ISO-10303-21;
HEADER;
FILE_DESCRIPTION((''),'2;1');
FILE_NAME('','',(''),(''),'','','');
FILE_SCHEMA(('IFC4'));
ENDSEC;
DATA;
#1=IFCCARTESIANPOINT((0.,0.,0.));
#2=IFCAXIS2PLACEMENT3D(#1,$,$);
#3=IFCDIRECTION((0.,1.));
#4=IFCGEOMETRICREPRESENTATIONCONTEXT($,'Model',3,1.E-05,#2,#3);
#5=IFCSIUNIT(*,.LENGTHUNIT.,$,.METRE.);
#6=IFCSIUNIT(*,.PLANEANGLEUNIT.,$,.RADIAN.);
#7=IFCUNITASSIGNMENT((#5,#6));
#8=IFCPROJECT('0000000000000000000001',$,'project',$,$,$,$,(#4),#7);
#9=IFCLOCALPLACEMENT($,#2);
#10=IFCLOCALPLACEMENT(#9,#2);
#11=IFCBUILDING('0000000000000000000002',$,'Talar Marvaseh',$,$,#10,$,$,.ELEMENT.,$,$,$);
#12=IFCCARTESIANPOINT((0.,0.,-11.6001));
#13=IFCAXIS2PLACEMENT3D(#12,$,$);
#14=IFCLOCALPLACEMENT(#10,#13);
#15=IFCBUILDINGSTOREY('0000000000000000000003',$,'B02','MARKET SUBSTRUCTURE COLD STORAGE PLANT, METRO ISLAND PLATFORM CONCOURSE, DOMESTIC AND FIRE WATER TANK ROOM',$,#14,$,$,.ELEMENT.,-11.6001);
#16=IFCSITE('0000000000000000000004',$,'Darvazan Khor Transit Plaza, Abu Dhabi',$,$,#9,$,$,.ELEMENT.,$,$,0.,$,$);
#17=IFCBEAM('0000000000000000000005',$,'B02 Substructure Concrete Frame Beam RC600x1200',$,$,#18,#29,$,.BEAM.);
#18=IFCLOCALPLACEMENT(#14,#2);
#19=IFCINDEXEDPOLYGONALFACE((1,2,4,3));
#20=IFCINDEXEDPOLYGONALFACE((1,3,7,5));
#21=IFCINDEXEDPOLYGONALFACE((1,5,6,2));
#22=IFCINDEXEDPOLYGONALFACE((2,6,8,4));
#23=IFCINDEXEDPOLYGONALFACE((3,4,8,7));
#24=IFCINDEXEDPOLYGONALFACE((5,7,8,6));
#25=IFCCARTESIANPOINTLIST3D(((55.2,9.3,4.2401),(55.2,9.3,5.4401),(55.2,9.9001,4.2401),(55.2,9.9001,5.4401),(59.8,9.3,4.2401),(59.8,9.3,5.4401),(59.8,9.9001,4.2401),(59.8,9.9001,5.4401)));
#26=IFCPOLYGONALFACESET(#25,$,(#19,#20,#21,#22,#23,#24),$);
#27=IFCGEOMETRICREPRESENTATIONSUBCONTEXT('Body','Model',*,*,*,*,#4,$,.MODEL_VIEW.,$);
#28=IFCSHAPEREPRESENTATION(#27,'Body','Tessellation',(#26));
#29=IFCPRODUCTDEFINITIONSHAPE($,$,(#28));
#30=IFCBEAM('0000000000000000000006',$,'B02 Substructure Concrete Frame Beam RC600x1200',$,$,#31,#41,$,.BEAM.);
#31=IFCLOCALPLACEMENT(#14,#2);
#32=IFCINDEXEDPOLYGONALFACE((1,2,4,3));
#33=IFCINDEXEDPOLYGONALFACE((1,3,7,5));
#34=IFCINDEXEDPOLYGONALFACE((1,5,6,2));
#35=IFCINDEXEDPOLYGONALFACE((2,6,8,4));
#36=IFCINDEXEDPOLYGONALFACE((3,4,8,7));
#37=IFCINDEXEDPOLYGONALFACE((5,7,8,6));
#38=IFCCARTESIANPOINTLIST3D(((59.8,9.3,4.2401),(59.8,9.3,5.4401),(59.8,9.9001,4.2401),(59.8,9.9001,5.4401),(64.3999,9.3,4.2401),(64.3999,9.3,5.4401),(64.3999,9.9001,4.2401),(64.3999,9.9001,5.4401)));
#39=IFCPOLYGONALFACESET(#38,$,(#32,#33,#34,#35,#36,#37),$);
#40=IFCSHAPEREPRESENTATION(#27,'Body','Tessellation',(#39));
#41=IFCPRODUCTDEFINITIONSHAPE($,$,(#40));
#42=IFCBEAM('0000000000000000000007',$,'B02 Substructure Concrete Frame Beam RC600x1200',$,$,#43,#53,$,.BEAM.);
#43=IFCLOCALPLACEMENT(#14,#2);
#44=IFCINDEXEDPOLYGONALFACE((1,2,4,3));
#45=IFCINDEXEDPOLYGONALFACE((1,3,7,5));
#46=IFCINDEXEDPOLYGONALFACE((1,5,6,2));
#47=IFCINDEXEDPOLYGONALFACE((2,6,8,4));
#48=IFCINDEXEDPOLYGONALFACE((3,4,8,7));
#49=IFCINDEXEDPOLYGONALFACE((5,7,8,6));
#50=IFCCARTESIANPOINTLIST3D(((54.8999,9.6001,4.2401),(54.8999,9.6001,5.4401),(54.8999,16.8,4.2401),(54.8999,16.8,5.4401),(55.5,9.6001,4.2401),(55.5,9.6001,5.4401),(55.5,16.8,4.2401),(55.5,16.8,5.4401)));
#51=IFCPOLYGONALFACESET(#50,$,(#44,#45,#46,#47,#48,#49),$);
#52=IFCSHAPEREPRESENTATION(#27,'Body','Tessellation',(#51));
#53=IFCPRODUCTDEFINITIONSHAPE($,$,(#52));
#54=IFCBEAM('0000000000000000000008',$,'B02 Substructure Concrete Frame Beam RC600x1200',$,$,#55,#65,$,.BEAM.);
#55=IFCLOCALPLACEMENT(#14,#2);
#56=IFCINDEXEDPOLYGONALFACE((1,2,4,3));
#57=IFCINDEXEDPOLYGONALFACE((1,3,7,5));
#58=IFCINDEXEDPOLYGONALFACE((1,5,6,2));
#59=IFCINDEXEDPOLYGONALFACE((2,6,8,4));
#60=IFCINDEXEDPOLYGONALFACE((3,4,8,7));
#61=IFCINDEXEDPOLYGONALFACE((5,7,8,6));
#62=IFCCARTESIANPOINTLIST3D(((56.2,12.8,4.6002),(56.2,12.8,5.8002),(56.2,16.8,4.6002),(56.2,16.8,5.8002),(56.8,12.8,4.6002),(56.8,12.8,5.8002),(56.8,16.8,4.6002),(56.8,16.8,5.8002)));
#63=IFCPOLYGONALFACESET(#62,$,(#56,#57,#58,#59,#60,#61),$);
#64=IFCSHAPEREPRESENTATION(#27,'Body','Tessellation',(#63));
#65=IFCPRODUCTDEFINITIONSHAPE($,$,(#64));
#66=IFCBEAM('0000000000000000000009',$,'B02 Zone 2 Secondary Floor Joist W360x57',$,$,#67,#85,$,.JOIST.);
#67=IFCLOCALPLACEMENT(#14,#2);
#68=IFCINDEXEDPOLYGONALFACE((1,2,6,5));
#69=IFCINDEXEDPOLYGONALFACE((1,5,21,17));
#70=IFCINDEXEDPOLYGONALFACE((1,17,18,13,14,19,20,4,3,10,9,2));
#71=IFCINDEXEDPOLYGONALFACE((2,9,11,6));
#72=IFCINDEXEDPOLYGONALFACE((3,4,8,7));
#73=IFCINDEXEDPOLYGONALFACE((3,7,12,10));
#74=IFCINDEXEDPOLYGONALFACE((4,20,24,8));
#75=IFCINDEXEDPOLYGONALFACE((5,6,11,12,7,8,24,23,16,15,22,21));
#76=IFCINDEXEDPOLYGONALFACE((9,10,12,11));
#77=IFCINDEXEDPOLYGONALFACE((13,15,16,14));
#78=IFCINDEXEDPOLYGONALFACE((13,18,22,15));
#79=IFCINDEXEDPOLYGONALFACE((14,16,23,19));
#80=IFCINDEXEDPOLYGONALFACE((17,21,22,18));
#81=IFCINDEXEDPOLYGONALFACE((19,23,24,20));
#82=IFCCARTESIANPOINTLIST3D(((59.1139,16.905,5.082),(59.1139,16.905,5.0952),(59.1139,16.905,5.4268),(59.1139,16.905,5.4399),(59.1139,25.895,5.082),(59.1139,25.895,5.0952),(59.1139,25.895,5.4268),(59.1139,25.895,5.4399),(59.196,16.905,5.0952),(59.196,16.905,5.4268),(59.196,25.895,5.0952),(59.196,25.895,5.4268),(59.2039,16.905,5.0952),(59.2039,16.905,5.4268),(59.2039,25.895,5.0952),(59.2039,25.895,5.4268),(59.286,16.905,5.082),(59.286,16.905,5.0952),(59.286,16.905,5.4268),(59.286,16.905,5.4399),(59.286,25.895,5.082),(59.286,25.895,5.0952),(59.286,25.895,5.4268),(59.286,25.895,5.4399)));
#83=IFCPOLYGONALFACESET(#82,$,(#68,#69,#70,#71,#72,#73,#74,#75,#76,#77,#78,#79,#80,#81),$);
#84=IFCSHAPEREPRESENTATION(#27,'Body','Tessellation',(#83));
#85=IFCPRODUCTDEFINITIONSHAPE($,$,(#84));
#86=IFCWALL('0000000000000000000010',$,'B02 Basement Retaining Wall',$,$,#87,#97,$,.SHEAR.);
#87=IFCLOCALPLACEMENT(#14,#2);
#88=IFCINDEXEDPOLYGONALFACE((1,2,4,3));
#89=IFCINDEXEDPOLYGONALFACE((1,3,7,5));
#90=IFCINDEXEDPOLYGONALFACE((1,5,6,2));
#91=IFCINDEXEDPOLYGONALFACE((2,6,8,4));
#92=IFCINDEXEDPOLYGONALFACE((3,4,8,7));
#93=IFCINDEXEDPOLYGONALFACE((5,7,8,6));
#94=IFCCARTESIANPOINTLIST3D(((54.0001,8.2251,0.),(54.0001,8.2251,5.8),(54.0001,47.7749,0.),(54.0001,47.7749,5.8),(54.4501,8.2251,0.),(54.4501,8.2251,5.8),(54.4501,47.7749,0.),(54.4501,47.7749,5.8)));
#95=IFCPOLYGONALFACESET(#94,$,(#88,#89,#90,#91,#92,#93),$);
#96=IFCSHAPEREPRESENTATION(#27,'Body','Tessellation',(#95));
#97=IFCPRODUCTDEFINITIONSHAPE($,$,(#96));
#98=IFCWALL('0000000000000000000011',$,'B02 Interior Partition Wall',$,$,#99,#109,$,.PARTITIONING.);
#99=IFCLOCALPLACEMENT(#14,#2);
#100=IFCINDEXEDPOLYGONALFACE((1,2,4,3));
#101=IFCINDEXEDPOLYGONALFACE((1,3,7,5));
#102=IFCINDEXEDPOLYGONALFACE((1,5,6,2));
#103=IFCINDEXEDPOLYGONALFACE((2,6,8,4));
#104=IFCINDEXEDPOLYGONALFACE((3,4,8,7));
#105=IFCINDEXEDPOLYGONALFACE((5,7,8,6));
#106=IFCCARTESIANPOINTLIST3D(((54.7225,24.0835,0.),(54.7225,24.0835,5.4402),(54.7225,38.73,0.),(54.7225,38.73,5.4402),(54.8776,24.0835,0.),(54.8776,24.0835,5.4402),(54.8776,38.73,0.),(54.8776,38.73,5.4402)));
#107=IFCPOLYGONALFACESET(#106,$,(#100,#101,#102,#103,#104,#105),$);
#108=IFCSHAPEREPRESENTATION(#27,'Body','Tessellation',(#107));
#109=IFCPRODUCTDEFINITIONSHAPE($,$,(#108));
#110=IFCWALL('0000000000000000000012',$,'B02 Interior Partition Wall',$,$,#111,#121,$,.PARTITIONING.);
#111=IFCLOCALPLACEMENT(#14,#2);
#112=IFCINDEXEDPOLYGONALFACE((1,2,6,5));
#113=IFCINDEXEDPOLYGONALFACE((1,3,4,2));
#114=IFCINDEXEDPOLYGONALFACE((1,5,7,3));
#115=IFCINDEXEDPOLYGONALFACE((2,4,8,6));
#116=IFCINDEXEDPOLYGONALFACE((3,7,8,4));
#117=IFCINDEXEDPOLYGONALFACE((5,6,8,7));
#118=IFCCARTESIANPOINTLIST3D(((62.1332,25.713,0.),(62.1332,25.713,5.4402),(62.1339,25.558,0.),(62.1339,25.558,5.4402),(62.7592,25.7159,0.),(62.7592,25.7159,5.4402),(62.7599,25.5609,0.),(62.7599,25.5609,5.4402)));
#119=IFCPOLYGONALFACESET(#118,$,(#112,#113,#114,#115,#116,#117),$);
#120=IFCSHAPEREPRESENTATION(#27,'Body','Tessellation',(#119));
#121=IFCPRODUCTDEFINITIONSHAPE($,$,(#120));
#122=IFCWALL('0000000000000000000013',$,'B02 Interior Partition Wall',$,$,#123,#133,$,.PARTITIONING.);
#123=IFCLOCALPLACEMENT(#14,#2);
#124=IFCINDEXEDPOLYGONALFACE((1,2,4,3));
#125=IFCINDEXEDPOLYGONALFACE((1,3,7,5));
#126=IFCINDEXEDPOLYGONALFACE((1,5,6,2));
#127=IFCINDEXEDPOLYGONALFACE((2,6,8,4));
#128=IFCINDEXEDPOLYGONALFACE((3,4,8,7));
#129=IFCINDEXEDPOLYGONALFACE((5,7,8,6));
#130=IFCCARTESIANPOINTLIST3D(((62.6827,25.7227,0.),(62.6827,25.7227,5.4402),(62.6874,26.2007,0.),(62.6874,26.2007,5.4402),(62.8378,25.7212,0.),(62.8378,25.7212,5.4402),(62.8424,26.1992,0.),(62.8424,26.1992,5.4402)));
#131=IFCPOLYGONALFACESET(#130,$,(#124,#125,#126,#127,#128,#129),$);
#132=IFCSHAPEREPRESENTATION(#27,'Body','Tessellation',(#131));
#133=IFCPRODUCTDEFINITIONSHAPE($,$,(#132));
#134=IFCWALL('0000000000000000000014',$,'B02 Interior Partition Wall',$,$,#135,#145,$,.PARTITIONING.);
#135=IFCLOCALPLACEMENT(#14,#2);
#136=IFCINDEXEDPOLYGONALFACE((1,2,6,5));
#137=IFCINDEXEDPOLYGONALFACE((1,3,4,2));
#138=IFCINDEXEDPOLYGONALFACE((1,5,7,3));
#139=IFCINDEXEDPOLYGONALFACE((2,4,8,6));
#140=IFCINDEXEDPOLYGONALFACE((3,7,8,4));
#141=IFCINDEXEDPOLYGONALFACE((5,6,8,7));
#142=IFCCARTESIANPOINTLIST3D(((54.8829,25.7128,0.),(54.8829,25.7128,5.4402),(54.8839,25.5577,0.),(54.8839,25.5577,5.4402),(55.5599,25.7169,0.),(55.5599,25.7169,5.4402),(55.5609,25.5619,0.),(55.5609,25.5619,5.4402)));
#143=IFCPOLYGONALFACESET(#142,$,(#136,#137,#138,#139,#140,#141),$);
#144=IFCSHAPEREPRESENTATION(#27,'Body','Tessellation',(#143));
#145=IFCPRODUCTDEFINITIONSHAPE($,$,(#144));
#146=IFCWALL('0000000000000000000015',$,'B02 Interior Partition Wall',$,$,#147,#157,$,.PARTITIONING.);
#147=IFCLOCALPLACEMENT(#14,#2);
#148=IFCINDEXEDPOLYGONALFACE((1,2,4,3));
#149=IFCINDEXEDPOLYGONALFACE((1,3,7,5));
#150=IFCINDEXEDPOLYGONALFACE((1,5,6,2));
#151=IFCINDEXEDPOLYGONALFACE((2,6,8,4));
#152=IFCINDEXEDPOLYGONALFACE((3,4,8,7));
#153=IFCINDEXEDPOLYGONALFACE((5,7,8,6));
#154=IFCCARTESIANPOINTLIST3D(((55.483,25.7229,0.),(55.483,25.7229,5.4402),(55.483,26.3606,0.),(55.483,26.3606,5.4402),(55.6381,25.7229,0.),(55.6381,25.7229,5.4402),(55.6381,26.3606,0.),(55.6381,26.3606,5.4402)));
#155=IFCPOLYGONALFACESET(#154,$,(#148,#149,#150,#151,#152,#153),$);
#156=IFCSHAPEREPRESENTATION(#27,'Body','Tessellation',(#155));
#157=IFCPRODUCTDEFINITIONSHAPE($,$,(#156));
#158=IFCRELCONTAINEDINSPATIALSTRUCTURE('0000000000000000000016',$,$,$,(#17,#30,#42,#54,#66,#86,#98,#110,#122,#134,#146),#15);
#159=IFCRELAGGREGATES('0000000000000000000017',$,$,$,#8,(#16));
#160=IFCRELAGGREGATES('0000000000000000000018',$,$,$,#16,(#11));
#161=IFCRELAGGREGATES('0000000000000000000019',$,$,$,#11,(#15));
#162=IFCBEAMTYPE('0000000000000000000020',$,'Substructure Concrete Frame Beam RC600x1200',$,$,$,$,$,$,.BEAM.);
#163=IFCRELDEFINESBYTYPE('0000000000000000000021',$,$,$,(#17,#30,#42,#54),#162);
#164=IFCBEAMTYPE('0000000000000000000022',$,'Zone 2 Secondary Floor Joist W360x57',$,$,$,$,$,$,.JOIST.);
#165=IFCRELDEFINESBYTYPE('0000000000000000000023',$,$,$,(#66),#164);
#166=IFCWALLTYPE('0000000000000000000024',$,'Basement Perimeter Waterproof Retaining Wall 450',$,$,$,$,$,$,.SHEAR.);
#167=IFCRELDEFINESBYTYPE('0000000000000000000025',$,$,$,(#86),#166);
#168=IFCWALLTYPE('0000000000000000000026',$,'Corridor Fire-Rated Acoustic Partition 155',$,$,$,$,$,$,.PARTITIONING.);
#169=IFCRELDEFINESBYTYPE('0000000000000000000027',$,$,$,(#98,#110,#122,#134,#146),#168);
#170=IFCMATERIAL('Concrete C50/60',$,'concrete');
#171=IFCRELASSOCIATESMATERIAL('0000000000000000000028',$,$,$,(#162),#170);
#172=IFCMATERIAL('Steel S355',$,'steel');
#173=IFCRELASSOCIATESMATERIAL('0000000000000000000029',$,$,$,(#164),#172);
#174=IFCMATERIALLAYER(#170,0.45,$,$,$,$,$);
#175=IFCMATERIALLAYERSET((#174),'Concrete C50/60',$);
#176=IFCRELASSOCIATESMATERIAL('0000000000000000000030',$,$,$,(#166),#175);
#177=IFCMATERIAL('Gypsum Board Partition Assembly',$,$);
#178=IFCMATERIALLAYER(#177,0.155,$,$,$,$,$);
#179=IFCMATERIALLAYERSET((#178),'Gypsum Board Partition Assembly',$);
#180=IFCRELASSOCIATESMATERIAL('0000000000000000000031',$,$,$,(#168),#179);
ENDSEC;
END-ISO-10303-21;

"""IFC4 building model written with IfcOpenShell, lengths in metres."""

from ifc_helpers import new_model, si_unit, direction, frame, frame_2d, origin, origin_2d, place, context, subcontext, project, spatial, rectangle, i_section, extrude, material, layer, layer_set, material_profile, profile_set, type_object, element, save


model = new_model("IFC4")

# Units and contexts
model_context = context("Model", 3, precision=1e-05, world=origin(), true_north=direction((0.0, 1.0)))
body_context = subcontext(model_context, "Body", "Model", "MODEL_VIEW")
ifc_project = project(units=[si_unit("LENGTHUNIT", "METRE"), si_unit("PLANEANGLEUNIT", "RADIAN")], contexts=[model_context])

# Site, building, storey
site_placement = place(None, origin())
site = spatial("IfcSite", under=ifc_project, at=site_placement, Name="Darvazan Khor Transit Plaza, Abu Dhabi", CompositionType="ELEMENT", RefElevation=0.0)
building_placement = place(site_placement, origin())
building = spatial("IfcBuilding", under=site, at=building_placement, Name="Talar Marvaseh", CompositionType="ELEMENT")
storey_placement = place(building_placement, frame((0.0, 0.0, -11.6001)))
storey = spatial("IfcBuildingStorey", under=building, at=storey_placement, Name="B02", Description="MARKET SUBSTRUCTURE COLD STORAGE PLANT, METRO ISLAND PLATFORM CONCOURSE, DOMESTIC AND FIRE WATER TANK ROOM", CompositionType="ELEMENT", Elevation=-11.6001)

# Shared definitions
ifc_material_1 = material(Name="Concrete C50/60", Category="concrete")

# Beams
ifc_material_2 = material(Name="Steel S355", Category="steel")
ifc_material_profile_1 = material_profile(ifc_material_1, rectangle(XDim=0.6001, YDim=1.2, at=origin_2d()), Name="RC600x1200")
ifc_profile_set_1 = profile_set([ifc_material_profile_1], Name="Concrete C50/60")
beam_type_1 = type_object("IfcBeamType", Name="Substructure Concrete Frame Beam RC600x1200", PredefinedType="BEAM", material=ifc_profile_set_1)
beam_1_placement = place(storey_placement, frame((55.2, 9.6001, 4.8401), z_axis=(1.0, 0.0, 0.0), x_axis=(0.0, 1.0, 0.0)))
element("IfcBeam", 1, at=beam_1_placement, inside=storey, type_object=beam_type_1, Name="B02 Substructure Concrete Frame Beam RC600x1200", PredefinedType="BEAM", context=body_context, shape_type="SweptSolid", body=[
    extrude(rectangle(XDim=0.6001, YDim=1.2, at=origin_2d()), origin(), (0.0, 0.0, 1.0), 4.6001),
])
beam_2_placement = place(storey_placement, frame((59.8, 9.6001, 4.8401), z_axis=(1.0, 0.0, 0.0), x_axis=(0.0, 1.0, 0.0)))
element("IfcBeam", 2, at=beam_2_placement, inside=storey, type_object=beam_type_1, Name="B02 Substructure Concrete Frame Beam RC600x1200", PredefinedType="BEAM", context=body_context, shape_type="SweptSolid", body=[
    extrude(rectangle(XDim=0.6001, YDim=1.2, at=origin_2d()), origin(), (0.0, 0.0, 1.0), 4.5999),
])
beam_3_placement = place(storey_placement, frame((55.2, 9.6001, 4.8401), z_axis=(0.0, 1.0, 0.0), x_axis=(-1.0, 0.0, 0.0)))
element("IfcBeam", 3, at=beam_3_placement, inside=storey, type_object=beam_type_1, Name="B02 Substructure Concrete Frame Beam RC600x1200", PredefinedType="BEAM", context=body_context, shape_type="SweptSolid", body=[
    extrude(rectangle(XDim=0.6001, YDim=1.2, at=origin_2d()), origin(), (0.0, 0.0, 1.0), 7.2),
])
beam_4_placement = place(storey_placement, frame((56.5, 12.8, 5.2002), z_axis=(0.0, 1.0, 0.0), x_axis=(-1.0, 0.0, 0.0)))
element("IfcBeam", 4, at=beam_4_placement, inside=storey, type_object=beam_type_1, Name="B02 Substructure Concrete Frame Beam RC600x1200", PredefinedType="BEAM", context=body_context, shape_type="SweptSolid", body=[
    extrude(rectangle(XDim=0.6001, YDim=1.2, at=origin_2d()), origin(), (0.0, 0.0, 1.0), 4.0),
])
ifc_material_profile_2 = material_profile(ifc_material_2, i_section(OverallWidth=0.1721, OverallDepth=0.3579, WebThickness=0.0078, FlangeThickness=0.0132, at=origin_2d()), Name="W360x57")
ifc_profile_set_2 = profile_set([ifc_material_profile_2], Name="Steel S355")
beam_type_2 = type_object("IfcBeamType", Name="Zone 2 Secondary Floor Joist W360x57", PredefinedType="JOIST", material=ifc_profile_set_2)
beam_5_placement = place(storey_placement, frame((59.2, 16.905, 5.261), z_axis=(0.0, 1.0, 0.0), x_axis=(-1.0, 0.0, 0.0)))
element("IfcBeam", 5, at=beam_5_placement, inside=storey, type_object=beam_type_2, Name="B02 Zone 2 Secondary Floor Joist W360x57", PredefinedType="JOIST", context=body_context, shape_type="SweptSolid", body=[
    extrude(i_section(OverallWidth=0.1721, OverallDepth=0.3579, WebThickness=0.0078, FlangeThickness=0.0132, at=origin_2d()), origin(), (0.0, 0.0, 1.0), 8.99),
])

# Walls
ifc_layer_1 = layer(ifc_material_1, 0.45)
ifc_layer_set_1 = layer_set([ifc_layer_1], Name="Concrete C50/60")
wall_type_1 = type_object("IfcWallType", Name="Basement Perimeter Waterproof Retaining Wall 450", PredefinedType="SHEAR", material=ifc_layer_set_1)
wall_1_placement = place(storey_placement, frame((54.2251, 8.2251, 0.0), z_axis=(0.0, 0.0, 1.0), x_axis=(0.0, 1.0, 0.0)))
element("IfcWall", 6, at=wall_1_placement, inside=storey, type_object=wall_type_1, Name="B02 Basement Retaining Wall", PredefinedType="SHEAR", context=body_context, shape_type="SweptSolid", body=[
    extrude(rectangle(XDim=39.5498, YDim=0.45, at=frame_2d((19.7749, 0.0))), origin(), (0.0, 0.0, 1.0), 5.8),
])
ifc_material_3 = material(Name="Gypsum Board Partition Assembly")
ifc_layer_2 = layer(ifc_material_3, 0.155)
ifc_layer_set_2 = layer_set([ifc_layer_2], Name="Gypsum Board Partition Assembly")
wall_type_2 = type_object("IfcWallType", Name="Corridor Fire-Rated Acoustic Partition 155", PredefinedType="PARTITIONING", material=ifc_layer_set_2)
wall_2_placement = place(storey_placement, frame((54.8, 24.0835, 0.0), z_axis=(0.0, 0.0, 1.0), x_axis=(0.0, 1.0, 0.0)))
element("IfcWall", 7, at=wall_2_placement, inside=storey, type_object=wall_type_2, Name="B02 Interior Partition Wall", PredefinedType="PARTITIONING", context=body_context, shape_type="SweptSolid", body=[
    extrude(rectangle(XDim=14.6465, YDim=0.155, at=frame_2d((7.3232, 0.0))), origin(), (0.0, 0.0, 1.0), 5.4402),
])
wall_3_placement = place(storey_placement, frame((62.1335, 25.6355, 0.0), z_axis=(0.0, 0.0, 1.0), x_axis=(0.999989, 0.00468, 0.0)))
element("IfcWall", 8, at=wall_3_placement, inside=storey, type_object=wall_type_2, Name="B02 Interior Partition Wall", PredefinedType="PARTITIONING", context=body_context, shape_type="SweptSolid", body=[
    extrude(rectangle(XDim=0.626, YDim=0.155, at=frame_2d((0.313, 0.0))), origin(), (0.0, 0.0, 1.0), 5.4402),
])
wall_4_placement = place(storey_placement, frame((62.7603, 25.7219, 0.0), z_axis=(0.0, 0.0, 1.0), x_axis=(0.009703, 0.999953, 0.0)))
element("IfcWall", 9, at=wall_4_placement, inside=storey, type_object=wall_type_2, Name="B02 Interior Partition Wall", PredefinedType="PARTITIONING", context=body_context, shape_type="SweptSolid", body=[
    extrude(rectangle(XDim=0.478, YDim=0.155, at=frame_2d((0.239, 0.0))), origin(), (0.0, 0.0, 1.0), 5.4402),
])
wall_5_placement = place(storey_placement, frame((54.8835, 25.6353, 0.0), z_axis=(0.0, 0.0, 1.0), x_axis=(0.999981, 0.00613, 0.0)))
element("IfcWall", 10, at=wall_5_placement, inside=storey, type_object=wall_type_2, Name="B02 Interior Partition Wall", PredefinedType="PARTITIONING", context=body_context, shape_type="SweptSolid", body=[
    extrude(rectangle(XDim=0.677, YDim=0.155, at=frame_2d((0.3384, 0.0))), origin(), (0.0, 0.0, 1.0), 5.4402),
])
wall_6_placement = place(storey_placement, frame((55.5605, 25.7229, 0.0), z_axis=(0.0, 0.0, 1.0), x_axis=(0.0, 1.0, 0.0)))
element("IfcWall", 11, at=wall_6_placement, inside=storey, type_object=wall_type_2, Name="B02 Interior Partition Wall", PredefinedType="PARTITIONING", context=body_context, shape_type="SweptSolid", body=[
    extrude(rectangle(XDim=0.6377, YDim=0.155, at=frame_2d((0.3188, 0.0))), origin(), (0.0, 0.0, 1.0), 5.4402),
])

save(model, "model.ifc")
